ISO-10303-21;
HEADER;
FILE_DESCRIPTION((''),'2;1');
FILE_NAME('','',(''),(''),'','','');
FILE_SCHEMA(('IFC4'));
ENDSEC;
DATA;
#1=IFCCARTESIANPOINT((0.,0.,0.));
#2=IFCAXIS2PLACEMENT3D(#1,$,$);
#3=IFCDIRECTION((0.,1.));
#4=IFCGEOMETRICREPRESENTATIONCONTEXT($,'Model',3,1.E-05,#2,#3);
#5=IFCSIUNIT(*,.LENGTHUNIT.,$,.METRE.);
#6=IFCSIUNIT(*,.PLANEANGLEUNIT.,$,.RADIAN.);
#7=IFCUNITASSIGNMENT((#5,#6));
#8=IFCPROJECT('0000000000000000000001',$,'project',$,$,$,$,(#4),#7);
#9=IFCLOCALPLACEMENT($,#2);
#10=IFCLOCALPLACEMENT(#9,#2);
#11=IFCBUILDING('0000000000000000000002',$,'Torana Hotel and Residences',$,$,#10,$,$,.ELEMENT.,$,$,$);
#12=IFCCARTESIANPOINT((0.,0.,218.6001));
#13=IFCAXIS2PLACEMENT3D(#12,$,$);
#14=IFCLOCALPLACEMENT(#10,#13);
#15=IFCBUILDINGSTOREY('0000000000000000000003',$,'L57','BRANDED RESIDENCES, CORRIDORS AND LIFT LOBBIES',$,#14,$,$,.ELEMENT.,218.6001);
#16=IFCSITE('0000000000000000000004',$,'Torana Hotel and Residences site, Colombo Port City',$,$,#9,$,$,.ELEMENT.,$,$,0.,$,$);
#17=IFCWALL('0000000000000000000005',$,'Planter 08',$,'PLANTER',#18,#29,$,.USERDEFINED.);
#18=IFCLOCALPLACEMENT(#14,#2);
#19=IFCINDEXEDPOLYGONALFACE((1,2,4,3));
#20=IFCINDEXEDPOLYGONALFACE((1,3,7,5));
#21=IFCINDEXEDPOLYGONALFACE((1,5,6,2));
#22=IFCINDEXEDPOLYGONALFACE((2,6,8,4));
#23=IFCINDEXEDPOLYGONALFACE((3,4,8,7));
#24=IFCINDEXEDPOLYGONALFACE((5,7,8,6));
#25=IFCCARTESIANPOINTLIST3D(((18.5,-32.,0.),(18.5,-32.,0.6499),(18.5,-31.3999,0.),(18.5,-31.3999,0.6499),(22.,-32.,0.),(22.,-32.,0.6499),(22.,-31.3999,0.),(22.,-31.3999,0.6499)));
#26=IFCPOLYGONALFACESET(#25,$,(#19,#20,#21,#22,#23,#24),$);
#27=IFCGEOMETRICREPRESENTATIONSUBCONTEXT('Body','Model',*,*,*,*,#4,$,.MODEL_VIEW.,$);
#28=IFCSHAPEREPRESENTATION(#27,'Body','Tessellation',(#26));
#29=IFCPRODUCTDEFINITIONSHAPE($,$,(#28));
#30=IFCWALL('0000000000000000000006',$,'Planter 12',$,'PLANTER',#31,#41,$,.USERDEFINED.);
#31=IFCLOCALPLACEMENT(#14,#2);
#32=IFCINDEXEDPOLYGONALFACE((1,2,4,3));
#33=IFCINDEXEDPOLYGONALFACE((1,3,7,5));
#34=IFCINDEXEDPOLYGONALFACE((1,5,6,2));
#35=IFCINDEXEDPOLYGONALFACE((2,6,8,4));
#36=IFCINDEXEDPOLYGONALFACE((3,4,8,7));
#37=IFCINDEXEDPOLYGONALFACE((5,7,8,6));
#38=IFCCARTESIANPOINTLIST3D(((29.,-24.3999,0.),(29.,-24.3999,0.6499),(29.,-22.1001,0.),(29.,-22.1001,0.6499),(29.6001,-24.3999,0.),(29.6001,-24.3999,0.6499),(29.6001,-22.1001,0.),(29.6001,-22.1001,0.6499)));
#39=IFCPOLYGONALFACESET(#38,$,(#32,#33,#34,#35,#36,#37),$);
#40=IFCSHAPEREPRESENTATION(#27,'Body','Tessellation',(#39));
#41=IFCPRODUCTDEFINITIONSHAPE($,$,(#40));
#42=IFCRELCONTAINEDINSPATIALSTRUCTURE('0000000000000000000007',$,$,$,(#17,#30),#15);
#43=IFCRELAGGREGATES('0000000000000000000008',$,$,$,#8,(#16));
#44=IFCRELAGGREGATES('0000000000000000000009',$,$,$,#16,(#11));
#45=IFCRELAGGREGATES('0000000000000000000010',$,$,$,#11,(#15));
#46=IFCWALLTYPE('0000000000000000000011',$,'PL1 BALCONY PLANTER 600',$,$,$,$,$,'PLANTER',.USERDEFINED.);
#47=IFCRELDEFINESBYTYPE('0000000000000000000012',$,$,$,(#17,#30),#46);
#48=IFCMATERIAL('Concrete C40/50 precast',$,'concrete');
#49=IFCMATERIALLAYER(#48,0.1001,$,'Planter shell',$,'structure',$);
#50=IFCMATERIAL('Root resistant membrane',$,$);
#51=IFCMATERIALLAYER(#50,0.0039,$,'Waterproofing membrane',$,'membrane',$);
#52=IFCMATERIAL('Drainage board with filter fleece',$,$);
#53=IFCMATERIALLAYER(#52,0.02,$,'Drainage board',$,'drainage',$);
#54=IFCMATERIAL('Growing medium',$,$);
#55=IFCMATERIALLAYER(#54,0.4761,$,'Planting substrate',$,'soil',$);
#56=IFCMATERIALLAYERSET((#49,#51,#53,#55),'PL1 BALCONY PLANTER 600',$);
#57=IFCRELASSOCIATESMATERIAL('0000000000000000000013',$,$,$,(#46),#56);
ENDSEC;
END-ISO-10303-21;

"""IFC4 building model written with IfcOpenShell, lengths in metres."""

from ifc_helpers import new_model, si_unit, direction, frame, frame_2d, origin, place, context, subcontext, project, spatial, rectangle, extrude, material, layer, layer_set, type_object, element, save


model = new_model("IFC4")

# Units and contexts
model_context = context("Model", 3, precision=1e-05, world=origin(), true_north=direction((0.0, 1.0)))
body_context = subcontext(model_context, "Body", "Model", "MODEL_VIEW")
ifc_project = project(units=[si_unit("LENGTHUNIT", "METRE"), si_unit("PLANEANGLEUNIT", "RADIAN")], contexts=[model_context])

# Site, building, storey
site_placement = place(None, origin())
site = spatial("IfcSite", under=ifc_project, at=site_placement, Name="Torana Hotel and Residences site, Colombo Port City", CompositionType="ELEMENT", RefElevation=0.0)
building_placement = place(site_placement, origin())
building = spatial("IfcBuilding", under=site, at=building_placement, Name="Torana Hotel and Residences", CompositionType="ELEMENT")
storey_placement = place(building_placement, frame((0.0, 0.0, 218.6001)))
storey = spatial("IfcBuildingStorey", under=building, at=storey_placement, Name="L57", Description="BRANDED RESIDENCES, CORRIDORS AND LIFT LOBBIES", CompositionType="ELEMENT", Elevation=218.6001)

# Walls
ifc_material_1 = material(Name="Concrete C40/50 precast", Category="concrete")
ifc_layer_1 = layer(ifc_material_1, 0.1001, Name="Planter shell", Category="structure")
ifc_material_2 = material(Name="Root resistant membrane")
ifc_layer_2 = layer(ifc_material_2, 0.0039, Name="Waterproofing membrane", Category="membrane")
ifc_material_3 = material(Name="Drainage board with filter fleece")
ifc_layer_3 = layer(ifc_material_3, 0.02, Name="Drainage board", Category="drainage")
ifc_material_4 = material(Name="Growing medium")
ifc_layer_4 = layer(ifc_material_4, 0.4761, Name="Planting substrate", Category="soil")
ifc_layer_set_1 = layer_set([ifc_layer_1, ifc_layer_2, ifc_layer_3, ifc_layer_4], Name="PL1 BALCONY PLANTER 600")
wall_type_1 = type_object("IfcWallType", Name="PL1 BALCONY PLANTER 600", ElementType="PLANTER", PredefinedType="USERDEFINED", material=ifc_layer_set_1)
wall_1_placement = place(storey_placement, frame((22.0, -31.7, 0.0), z_axis=(0.0, 0.0, 1.0), x_axis=(-1.0, 0.0, 0.0)))
element("IfcWall", 1, at=wall_1_placement, inside=storey, type_object=wall_type_1, Name="Planter 08", ObjectType="PLANTER", PredefinedType="USERDEFINED", context=body_context, shape_type="SweptSolid", body=[
    extrude(rectangle(XDim=3.5, YDim=0.6001, at=frame_2d((1.75, 0.0))), origin(), (0.0, 0.0, 1.0), 0.6499),
])
wall_2_placement = place(storey_placement, frame((29.3, -22.1001, 0.0), z_axis=(0.0, 0.0, 1.0), x_axis=(0.0, -1.0, 0.0)))
element("IfcWall", 2, at=wall_2_placement, inside=storey, type_object=wall_type_1, Name="Planter 12", ObjectType="PLANTER", PredefinedType="USERDEFINED", context=body_context, shape_type="SweptSolid", body=[
    extrude(rectangle(XDim=2.2998, YDim=0.6001, at=frame_2d((1.1499, 0.0))), origin(), (0.0, 0.0, 1.0), 0.6499),
])

save(model, "model.ifc")
